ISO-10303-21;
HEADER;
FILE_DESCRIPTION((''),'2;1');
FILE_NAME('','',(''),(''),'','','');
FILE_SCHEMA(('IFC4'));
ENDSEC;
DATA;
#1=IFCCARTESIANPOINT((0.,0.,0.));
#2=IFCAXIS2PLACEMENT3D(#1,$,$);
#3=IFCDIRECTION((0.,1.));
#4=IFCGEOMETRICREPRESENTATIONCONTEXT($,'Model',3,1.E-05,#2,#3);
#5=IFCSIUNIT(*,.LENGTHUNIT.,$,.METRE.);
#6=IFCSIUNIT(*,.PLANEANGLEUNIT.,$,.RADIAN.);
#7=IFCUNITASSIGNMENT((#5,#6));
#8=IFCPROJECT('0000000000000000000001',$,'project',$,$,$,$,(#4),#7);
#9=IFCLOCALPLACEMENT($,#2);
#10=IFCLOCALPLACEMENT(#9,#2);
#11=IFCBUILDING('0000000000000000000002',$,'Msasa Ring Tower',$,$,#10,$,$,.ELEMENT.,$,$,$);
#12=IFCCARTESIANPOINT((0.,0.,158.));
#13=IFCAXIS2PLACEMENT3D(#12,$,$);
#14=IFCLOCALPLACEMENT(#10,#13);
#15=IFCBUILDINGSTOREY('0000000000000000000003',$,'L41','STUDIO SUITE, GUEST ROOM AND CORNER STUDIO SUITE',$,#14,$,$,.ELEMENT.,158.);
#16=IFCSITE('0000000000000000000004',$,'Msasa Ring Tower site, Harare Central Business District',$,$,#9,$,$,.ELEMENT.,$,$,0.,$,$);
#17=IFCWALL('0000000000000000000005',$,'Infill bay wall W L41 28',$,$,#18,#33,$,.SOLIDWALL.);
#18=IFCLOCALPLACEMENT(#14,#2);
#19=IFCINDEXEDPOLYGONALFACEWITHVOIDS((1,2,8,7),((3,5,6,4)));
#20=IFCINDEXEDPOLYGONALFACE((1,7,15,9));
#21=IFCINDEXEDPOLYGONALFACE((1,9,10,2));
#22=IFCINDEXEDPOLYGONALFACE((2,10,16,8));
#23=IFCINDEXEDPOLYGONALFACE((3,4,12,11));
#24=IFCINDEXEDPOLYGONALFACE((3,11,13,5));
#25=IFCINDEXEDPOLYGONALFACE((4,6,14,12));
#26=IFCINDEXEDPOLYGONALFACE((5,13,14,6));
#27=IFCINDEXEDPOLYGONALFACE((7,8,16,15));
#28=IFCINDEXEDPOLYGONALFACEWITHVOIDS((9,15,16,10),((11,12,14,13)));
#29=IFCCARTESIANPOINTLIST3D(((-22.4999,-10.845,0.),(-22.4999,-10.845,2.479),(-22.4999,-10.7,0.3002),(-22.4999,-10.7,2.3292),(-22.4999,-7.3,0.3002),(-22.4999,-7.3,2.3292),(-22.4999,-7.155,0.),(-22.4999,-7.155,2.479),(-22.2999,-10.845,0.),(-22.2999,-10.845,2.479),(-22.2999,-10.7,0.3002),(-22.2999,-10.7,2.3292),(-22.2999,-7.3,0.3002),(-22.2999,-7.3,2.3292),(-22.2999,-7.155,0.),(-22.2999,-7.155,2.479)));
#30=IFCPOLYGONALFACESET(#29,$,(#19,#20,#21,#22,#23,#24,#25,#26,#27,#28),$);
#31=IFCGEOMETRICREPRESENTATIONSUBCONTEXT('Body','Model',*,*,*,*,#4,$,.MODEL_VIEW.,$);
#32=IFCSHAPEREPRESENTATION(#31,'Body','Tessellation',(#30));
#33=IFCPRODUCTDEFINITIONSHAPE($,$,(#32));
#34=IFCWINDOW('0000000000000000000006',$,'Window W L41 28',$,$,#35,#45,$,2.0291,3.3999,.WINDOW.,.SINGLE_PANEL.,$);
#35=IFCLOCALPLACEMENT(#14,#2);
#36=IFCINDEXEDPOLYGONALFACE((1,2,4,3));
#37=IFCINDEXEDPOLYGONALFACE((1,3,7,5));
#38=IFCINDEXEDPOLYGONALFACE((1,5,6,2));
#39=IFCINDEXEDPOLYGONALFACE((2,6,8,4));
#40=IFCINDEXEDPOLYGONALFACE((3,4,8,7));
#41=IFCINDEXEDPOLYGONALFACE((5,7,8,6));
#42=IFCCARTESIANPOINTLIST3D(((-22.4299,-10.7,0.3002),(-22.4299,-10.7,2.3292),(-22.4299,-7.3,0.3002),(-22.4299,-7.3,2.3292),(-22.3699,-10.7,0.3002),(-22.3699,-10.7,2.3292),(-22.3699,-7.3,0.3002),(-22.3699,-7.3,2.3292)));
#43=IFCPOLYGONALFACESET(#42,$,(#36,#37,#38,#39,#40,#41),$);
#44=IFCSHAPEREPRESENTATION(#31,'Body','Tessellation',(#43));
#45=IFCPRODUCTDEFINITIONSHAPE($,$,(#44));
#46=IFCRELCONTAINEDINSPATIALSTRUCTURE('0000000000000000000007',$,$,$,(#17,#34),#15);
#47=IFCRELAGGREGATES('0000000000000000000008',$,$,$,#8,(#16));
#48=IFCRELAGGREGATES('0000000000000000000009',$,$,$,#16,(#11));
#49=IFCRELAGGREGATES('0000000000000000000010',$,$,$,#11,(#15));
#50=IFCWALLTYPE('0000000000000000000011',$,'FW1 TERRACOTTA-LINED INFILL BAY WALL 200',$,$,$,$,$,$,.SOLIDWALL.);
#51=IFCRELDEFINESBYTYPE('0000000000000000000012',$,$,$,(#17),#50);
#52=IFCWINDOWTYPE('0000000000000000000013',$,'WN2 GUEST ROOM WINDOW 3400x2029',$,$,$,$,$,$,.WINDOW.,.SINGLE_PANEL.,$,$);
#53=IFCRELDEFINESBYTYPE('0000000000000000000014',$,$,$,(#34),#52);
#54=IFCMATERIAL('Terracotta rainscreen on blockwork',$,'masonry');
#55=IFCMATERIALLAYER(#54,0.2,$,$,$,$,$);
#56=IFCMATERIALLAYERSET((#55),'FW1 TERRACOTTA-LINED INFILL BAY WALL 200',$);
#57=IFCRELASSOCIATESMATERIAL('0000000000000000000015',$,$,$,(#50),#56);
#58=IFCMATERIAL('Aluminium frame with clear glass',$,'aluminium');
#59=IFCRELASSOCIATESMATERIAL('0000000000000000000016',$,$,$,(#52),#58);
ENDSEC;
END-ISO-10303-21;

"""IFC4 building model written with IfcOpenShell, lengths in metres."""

from ifc_helpers import new_model, si_unit, direction, frame, frame_2d, origin, place, context, subcontext, project, spatial, rectangle, extrude, material, layer, layer_set, type_object, element, fill, save


model = new_model("IFC4")

# Units and contexts
model_context = context("Model", 3, precision=1e-05, world=origin(), true_north=direction((0.0, 1.0)))
body_context = subcontext(model_context, "Body", "Model", "MODEL_VIEW")
ifc_project = project(units=[si_unit("LENGTHUNIT", "METRE"), si_unit("PLANEANGLEUNIT", "RADIAN")], contexts=[model_context])

# Site, building, storey
site_placement = place(None, origin())
site = spatial("IfcSite", under=ifc_project, at=site_placement, Name="Msasa Ring Tower site, Harare Central Business District", CompositionType="ELEMENT", RefElevation=0.0)
building_placement = place(site_placement, origin())
building = spatial("IfcBuilding", under=site, at=building_placement, Name="Msasa Ring Tower", CompositionType="ELEMENT")
storey_placement = place(building_placement, frame((0.0, 0.0, 158.0)))
storey = spatial("IfcBuildingStorey", under=building, at=storey_placement, Name="L41", Description="STUDIO SUITE, GUEST ROOM AND CORNER STUDIO SUITE", CompositionType="ELEMENT", Elevation=158.0)

# Wall, opening, window
ifc_material_1 = material(Name="Terracotta rainscreen on blockwork", Category="masonry")
ifc_layer_1 = layer(ifc_material_1, 0.2)
ifc_layer_set_1 = layer_set([ifc_layer_1], Name="FW1 TERRACOTTA-LINED INFILL BAY WALL 200")
wall_type_1 = type_object("IfcWallType", Name="FW1 TERRACOTTA-LINED INFILL BAY WALL 200", PredefinedType="SOLIDWALL", material=ifc_layer_set_1)
ifc_material_2 = material(Name="Aluminium frame with clear glass", Category="aluminium")
window_type = type_object("IfcWindowType", Name="WN2 GUEST ROOM WINDOW 3400x2029", PartitioningType="SINGLE_PANEL", PredefinedType="WINDOW", material=ifc_material_2)
wall_1_placement = place(storey_placement, frame((-22.3999, -10.845, 0.0), z_axis=(0.0, 0.0, 1.0), x_axis=(0.0, 1.0, 0.0)))
wall_1 = element("IfcWall", 1, at=wall_1_placement, inside=storey, type_object=wall_type_1, Name="Infill bay wall W L41 28", PredefinedType="SOLIDWALL", context=body_context, shape_type="SweptSolid", body=[
    extrude(rectangle(XDim=3.6899, YDim=0.2, at=frame_2d((1.845, 0.0))), origin(), (0.0, 0.0, 1.0), 2.479),
])
opening_1_placement = place(wall_1_placement, frame((0.145, 0.0, 0.3)))
opening_1 = element("IfcOpeningElement", 2, at=opening_1_placement, cuts=wall_1, PredefinedType="OPENING", context=body_context, shape_type="SweptSolid", body=[
    extrude(rectangle(XDim=3.3999, YDim=2.0291, at=frame_2d((1.7, 1.0146))), frame((0.0, 0.1099, 0.0), z_axis=(0.0, -1.0, 0.0), x_axis=(1.0, 0.0, 0.0)), (0.0, 0.0, 1.0), 0.22),
])
window_1_placement = place(opening_1_placement, origin())
window_1 = element("IfcWindow", 3, at=window_1_placement, inside=storey, type_object=window_type, Name="Window W L41 28", OverallHeight=2.0291, OverallWidth=3.3999, PartitioningType="SINGLE_PANEL", PredefinedType="WINDOW", context=body_context, shape_type="SweptSolid", body=[
    extrude(rectangle(XDim=3.3999, YDim=2.0291, at=frame_2d((1.7, 1.0146))), frame((0.0, 0.03, 0.0), z_axis=(0.0, -1.0, 0.0), x_axis=(1.0, 0.0, 0.0)), (0.0, 0.0, 1.0), 0.0601),
])
fill(opening_1, window_1)

save(model, "model.ifc")
